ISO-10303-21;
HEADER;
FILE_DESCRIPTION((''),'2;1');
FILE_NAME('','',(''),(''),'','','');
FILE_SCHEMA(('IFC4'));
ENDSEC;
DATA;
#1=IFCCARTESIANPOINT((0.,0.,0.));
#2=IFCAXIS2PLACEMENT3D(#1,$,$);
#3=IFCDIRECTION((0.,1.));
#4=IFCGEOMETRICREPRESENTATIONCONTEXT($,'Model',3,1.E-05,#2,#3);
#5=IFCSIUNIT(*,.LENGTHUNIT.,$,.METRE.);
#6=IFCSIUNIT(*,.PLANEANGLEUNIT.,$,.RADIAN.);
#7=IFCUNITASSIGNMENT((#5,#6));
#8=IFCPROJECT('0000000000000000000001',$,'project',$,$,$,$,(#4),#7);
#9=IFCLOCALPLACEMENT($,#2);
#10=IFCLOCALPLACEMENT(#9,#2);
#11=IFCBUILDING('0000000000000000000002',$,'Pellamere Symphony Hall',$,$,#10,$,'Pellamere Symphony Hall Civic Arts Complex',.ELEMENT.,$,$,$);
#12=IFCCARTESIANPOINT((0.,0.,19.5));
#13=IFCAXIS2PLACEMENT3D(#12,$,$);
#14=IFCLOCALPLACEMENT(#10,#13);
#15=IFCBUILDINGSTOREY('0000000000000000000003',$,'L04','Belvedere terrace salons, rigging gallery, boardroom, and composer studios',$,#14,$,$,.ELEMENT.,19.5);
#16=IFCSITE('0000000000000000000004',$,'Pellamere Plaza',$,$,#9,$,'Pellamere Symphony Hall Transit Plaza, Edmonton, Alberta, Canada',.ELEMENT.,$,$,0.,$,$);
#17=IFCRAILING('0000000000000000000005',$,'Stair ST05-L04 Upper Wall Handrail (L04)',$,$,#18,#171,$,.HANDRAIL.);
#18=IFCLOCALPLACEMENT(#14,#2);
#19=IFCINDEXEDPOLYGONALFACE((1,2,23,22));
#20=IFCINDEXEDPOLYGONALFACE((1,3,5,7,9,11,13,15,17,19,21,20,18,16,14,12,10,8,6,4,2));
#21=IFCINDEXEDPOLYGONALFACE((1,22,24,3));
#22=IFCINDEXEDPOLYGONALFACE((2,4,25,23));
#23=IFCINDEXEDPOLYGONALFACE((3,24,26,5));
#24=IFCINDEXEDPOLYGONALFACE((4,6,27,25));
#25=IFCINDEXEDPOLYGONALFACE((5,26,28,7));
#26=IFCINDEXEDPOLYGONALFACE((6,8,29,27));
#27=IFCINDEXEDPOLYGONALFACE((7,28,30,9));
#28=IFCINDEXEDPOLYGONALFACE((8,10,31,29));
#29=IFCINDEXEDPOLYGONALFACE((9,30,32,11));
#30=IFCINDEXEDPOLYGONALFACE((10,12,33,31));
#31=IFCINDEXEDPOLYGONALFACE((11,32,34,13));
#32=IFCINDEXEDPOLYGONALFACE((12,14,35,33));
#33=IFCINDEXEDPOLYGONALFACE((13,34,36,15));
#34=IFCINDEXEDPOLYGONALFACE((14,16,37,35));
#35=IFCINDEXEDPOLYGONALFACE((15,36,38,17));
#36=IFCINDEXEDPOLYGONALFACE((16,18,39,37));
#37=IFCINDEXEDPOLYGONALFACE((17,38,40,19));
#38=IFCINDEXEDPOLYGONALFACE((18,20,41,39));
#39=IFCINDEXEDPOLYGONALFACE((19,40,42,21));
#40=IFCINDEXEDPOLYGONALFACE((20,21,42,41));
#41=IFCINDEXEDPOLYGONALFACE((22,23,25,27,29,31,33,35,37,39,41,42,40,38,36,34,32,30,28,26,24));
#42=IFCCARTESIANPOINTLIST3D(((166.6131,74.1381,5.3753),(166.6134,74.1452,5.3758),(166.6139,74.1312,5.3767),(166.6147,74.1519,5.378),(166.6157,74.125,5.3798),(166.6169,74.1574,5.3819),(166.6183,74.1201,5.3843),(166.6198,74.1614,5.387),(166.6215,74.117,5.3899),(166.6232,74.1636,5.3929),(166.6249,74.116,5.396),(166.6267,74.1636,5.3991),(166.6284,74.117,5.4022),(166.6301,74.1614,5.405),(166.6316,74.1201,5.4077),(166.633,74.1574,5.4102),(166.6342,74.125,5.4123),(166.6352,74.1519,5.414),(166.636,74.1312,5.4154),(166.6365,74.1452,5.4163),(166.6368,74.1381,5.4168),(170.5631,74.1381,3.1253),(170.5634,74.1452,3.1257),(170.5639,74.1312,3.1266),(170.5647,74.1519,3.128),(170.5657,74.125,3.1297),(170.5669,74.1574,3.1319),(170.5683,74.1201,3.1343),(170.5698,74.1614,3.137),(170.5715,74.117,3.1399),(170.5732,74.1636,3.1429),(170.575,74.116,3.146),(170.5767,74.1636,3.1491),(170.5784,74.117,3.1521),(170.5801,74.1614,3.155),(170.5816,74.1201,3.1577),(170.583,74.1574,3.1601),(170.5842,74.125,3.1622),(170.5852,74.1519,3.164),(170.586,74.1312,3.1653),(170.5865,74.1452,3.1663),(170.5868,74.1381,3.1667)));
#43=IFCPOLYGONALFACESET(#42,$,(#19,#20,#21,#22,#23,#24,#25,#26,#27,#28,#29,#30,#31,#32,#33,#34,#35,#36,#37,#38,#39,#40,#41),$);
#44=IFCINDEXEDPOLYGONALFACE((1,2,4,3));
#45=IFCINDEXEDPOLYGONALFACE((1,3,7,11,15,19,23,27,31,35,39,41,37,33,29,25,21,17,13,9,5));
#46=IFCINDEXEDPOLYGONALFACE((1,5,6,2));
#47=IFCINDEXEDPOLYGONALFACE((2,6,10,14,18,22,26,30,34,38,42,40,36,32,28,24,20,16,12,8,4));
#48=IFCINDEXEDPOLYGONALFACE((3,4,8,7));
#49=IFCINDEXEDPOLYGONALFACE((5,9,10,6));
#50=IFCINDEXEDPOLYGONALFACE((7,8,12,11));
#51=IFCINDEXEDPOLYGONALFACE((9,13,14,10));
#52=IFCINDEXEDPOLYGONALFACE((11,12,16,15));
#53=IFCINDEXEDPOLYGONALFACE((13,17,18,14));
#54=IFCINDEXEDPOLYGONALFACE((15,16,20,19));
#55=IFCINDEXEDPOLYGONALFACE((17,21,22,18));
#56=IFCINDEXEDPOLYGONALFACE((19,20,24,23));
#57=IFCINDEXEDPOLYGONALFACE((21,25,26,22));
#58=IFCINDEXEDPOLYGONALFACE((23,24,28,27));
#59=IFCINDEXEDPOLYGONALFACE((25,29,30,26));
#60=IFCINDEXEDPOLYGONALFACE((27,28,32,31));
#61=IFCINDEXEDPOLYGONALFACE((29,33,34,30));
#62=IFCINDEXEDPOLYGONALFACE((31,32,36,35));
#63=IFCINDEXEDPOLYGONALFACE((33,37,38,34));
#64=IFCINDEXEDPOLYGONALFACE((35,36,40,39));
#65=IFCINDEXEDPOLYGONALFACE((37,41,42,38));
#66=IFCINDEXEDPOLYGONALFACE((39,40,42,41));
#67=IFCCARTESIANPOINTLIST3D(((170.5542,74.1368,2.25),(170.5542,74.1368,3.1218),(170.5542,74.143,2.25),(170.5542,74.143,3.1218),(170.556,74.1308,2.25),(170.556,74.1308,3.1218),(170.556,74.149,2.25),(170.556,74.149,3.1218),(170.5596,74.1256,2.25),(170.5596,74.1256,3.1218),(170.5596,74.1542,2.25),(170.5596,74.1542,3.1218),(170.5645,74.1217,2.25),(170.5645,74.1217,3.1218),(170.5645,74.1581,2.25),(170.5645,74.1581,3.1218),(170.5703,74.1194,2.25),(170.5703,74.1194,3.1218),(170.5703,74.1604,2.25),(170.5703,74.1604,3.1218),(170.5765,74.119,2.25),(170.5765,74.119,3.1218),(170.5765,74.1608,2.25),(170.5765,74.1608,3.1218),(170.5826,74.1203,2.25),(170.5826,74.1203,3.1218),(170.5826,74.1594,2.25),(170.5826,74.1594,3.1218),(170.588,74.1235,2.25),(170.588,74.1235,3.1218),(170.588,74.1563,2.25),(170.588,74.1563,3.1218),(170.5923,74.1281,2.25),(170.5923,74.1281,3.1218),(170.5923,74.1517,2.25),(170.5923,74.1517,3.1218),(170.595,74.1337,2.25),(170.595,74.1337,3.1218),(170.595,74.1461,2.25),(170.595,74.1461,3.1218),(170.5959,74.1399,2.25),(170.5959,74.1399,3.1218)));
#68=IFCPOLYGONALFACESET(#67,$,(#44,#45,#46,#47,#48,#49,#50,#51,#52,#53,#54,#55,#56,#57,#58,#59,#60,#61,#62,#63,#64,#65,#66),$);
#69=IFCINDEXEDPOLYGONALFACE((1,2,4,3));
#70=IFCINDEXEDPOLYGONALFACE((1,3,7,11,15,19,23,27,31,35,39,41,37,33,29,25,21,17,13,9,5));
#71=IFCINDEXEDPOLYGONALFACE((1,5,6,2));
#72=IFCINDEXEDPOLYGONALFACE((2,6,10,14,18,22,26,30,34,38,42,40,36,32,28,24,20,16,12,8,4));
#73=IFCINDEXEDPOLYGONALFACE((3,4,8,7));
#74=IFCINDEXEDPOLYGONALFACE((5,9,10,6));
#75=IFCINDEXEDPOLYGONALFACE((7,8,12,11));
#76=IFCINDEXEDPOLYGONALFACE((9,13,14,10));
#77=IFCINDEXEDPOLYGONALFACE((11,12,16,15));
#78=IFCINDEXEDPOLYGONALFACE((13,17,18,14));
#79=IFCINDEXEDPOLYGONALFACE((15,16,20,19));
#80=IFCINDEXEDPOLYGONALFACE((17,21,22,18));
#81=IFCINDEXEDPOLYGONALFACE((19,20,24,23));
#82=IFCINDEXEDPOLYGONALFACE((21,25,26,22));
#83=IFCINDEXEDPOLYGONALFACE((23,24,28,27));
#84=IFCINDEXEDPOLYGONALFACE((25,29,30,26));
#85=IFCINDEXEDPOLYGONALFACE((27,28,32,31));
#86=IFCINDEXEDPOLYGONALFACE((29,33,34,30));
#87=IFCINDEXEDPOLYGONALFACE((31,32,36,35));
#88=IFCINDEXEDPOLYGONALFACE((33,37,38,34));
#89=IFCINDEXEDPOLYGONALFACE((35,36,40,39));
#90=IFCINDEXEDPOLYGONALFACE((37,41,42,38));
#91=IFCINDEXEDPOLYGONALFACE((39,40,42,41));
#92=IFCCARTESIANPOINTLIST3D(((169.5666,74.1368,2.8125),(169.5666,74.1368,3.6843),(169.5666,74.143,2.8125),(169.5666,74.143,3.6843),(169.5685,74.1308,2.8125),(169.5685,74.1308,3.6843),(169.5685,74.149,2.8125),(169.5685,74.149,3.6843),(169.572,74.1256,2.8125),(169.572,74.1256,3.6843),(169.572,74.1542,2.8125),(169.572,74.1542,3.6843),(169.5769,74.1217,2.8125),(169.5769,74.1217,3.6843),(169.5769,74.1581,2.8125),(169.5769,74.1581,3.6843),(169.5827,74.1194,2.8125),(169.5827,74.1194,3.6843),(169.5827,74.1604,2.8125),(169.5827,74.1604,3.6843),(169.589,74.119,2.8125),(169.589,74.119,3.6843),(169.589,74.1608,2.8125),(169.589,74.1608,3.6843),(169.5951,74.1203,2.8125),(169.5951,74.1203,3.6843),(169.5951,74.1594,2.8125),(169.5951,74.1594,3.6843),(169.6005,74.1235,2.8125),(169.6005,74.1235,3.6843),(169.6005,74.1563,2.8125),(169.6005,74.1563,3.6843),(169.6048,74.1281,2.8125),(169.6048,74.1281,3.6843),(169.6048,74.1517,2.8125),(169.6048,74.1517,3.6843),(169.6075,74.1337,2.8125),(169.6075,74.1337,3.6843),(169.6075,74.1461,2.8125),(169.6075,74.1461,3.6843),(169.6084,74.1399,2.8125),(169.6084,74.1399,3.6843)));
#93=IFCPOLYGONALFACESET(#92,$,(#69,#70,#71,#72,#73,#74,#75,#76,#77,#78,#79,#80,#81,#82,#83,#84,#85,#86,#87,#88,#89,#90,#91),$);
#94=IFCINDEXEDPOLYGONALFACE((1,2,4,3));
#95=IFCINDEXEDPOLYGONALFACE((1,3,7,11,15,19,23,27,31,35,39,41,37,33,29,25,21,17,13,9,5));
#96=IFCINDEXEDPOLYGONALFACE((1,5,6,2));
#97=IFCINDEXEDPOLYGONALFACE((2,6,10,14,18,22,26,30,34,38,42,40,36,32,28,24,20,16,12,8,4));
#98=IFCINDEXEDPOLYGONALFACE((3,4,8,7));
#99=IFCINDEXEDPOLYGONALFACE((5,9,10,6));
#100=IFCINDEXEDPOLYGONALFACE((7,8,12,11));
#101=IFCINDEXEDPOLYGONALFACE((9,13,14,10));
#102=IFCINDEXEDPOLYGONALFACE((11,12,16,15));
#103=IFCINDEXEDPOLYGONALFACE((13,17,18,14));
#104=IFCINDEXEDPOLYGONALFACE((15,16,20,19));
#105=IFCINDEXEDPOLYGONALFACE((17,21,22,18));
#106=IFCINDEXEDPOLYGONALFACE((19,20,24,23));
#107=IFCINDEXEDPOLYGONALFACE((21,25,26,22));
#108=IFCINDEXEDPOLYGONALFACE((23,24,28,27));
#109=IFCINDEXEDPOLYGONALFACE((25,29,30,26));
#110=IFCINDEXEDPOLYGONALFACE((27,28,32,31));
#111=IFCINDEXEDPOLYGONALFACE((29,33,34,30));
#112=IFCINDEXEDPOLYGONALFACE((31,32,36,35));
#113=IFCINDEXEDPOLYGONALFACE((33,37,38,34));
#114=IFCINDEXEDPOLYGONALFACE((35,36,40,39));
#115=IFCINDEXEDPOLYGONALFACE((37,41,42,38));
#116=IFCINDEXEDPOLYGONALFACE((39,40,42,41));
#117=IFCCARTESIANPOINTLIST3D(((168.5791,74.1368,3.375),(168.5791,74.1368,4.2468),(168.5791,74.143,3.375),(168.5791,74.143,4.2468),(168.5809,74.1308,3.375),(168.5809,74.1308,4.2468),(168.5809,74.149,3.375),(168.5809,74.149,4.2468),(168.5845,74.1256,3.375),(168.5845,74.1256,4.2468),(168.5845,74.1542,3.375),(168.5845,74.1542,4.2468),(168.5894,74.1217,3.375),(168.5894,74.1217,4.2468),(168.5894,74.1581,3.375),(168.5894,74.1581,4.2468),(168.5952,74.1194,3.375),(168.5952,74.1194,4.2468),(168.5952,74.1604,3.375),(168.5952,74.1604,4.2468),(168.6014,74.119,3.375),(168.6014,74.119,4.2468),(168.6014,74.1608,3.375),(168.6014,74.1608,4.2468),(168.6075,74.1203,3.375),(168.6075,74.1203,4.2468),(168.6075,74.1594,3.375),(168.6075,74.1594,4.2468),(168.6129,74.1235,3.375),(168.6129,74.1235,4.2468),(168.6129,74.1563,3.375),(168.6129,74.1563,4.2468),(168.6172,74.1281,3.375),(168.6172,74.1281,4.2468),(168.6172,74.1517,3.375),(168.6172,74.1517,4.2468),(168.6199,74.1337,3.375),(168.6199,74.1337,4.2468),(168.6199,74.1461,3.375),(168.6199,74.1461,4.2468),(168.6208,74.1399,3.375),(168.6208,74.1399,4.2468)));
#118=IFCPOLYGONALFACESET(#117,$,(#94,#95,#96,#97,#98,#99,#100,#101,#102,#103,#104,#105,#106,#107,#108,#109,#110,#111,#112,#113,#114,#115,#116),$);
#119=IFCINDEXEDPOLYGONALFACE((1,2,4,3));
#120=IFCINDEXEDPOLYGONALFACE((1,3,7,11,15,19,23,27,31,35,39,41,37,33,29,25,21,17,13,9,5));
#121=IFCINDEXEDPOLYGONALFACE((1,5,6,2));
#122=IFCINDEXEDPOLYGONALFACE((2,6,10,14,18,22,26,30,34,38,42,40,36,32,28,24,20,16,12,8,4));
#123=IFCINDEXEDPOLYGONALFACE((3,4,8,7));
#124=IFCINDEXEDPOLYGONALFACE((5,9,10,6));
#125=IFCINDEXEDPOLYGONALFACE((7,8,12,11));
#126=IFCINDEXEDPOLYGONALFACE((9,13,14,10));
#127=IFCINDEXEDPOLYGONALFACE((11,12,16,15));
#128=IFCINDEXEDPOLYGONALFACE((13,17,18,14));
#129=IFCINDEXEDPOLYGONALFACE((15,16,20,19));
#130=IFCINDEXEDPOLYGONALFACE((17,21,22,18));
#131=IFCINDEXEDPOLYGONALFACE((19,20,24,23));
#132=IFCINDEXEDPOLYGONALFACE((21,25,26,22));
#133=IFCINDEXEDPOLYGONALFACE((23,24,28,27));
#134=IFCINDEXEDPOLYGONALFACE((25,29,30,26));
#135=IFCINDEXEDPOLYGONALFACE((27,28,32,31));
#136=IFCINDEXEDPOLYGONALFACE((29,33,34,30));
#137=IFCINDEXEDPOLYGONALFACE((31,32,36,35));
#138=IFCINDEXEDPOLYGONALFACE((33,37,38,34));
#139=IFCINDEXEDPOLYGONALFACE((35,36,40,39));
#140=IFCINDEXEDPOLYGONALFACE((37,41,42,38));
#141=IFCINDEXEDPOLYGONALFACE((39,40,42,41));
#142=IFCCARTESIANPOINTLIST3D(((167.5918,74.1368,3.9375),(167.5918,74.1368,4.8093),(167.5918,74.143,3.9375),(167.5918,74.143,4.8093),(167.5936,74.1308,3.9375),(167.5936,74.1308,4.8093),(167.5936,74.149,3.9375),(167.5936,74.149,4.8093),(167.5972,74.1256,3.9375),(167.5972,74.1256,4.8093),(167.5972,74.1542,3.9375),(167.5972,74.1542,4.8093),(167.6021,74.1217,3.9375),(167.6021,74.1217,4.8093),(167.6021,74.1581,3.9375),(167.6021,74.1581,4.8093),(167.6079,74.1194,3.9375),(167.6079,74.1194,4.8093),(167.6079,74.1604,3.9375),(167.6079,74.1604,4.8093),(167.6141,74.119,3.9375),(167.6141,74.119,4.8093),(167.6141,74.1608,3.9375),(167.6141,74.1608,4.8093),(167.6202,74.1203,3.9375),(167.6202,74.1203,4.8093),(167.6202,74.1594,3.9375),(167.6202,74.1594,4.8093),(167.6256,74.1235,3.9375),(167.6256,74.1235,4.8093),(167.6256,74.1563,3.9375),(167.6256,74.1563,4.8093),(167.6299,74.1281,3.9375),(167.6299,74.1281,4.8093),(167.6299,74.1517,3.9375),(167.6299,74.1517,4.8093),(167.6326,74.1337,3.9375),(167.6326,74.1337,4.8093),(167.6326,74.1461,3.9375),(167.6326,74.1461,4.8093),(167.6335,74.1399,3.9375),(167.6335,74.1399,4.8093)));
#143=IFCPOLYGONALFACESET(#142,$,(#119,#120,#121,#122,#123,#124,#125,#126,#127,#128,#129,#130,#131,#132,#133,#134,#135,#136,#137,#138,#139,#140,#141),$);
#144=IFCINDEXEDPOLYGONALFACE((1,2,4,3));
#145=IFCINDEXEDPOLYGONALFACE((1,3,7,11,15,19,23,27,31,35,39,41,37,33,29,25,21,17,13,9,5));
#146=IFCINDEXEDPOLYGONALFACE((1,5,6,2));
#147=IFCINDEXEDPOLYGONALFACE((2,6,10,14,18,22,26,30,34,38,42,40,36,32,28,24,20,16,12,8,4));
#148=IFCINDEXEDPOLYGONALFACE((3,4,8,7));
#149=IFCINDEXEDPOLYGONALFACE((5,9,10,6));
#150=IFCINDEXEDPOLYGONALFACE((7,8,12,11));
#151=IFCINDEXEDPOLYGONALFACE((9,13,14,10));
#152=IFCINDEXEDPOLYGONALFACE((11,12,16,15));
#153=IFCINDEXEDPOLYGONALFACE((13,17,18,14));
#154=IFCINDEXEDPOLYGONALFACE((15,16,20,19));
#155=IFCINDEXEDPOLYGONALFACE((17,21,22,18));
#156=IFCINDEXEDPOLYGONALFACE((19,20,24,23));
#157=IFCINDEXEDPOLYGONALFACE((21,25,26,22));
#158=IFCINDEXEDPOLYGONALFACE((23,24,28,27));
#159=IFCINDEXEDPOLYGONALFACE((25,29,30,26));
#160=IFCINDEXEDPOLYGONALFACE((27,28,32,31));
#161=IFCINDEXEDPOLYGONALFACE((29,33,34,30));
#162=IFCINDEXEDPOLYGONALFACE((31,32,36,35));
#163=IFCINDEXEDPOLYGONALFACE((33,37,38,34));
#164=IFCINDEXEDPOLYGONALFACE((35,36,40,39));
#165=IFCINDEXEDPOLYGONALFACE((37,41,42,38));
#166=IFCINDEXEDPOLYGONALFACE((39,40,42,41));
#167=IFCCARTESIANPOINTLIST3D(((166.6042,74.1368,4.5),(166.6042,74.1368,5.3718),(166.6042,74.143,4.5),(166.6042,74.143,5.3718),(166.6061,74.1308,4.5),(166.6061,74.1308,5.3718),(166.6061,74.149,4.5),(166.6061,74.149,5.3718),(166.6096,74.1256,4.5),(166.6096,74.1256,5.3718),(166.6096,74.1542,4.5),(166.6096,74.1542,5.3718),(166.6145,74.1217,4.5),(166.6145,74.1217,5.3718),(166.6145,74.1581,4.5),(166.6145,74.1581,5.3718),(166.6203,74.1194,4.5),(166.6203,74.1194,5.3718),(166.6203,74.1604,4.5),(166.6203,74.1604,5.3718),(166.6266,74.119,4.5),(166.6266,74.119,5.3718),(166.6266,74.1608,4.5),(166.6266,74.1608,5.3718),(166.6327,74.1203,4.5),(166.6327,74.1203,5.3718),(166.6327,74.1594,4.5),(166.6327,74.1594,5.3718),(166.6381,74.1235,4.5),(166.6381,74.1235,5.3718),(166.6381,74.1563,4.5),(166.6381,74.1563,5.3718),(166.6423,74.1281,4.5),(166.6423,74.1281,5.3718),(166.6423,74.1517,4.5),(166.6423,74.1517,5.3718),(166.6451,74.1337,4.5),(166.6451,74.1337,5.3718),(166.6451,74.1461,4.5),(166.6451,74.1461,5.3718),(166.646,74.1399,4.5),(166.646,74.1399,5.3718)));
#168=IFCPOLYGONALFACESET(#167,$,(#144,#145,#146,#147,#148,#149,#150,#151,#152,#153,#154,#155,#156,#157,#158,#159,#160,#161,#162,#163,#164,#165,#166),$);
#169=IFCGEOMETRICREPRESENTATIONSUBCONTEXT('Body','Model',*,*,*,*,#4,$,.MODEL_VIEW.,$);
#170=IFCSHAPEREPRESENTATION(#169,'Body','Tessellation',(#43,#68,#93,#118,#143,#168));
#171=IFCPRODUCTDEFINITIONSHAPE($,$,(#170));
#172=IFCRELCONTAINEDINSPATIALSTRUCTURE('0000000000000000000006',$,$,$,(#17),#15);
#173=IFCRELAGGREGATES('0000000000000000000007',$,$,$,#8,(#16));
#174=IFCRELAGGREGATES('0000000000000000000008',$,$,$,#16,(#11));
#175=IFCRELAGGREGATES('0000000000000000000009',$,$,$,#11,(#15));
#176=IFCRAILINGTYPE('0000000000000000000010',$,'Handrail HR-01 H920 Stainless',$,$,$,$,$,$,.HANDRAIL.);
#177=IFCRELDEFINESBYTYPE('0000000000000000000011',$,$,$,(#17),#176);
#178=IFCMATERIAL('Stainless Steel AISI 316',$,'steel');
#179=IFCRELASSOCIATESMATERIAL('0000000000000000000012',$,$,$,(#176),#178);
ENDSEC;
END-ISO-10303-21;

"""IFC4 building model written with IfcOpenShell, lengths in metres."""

from ifc_helpers import new_model, si_unit, direction, frame, origin, origin_2d, place, context, subcontext, project, spatial, circle, extrude, material, type_object, element, save


model = new_model("IFC4")

# Units and contexts
model_context = context("Model", 3, precision=1e-05, world=origin(), true_north=direction((0.0, 1.0)))
body_context = subcontext(model_context, "Body", "Model", "MODEL_VIEW")
ifc_project = project(units=[si_unit("LENGTHUNIT", "METRE"), si_unit("PLANEANGLEUNIT", "RADIAN")], contexts=[model_context])

# Site, building, storey
site_placement = place(None, origin())
site = spatial("IfcSite", under=ifc_project, at=site_placement, Name="Pellamere Plaza", LongName="Pellamere Symphony Hall Transit Plaza, Edmonton, Alberta, Canada", CompositionType="ELEMENT", RefElevation=0.0)
building_placement = place(site_placement, origin())
building = spatial("IfcBuilding", under=site, at=building_placement, Name="Pellamere Symphony Hall", LongName="Pellamere Symphony Hall Civic Arts Complex", CompositionType="ELEMENT")
storey_placement = place(building_placement, frame((0.0, 0.0, 19.5)))
storey = spatial("IfcBuildingStorey", under=building, at=storey_placement, Name="L04", Description="Belvedere terrace salons, rigging gallery, boardroom, and composer studios", CompositionType="ELEMENT", Elevation=19.5)

# Railing
ifc_material_1 = material(Name="Stainless Steel AISI 316", Category="steel")
railing_type_1 = type_object("IfcRailingType", Name="Handrail HR-01 H920 Stainless", PredefinedType="HANDRAIL", material=ifc_material_1)
railing_1_placement = place(storey_placement, frame((170.575, 74.1399, 2.25)))
element("IfcRailing", 1, at=railing_1_placement, inside=storey, type_object=railing_type_1, Name="Stair ST05-L04 Upper Wall Handrail (L04)", PredefinedType="HANDRAIL", context=body_context, shape_type="SweptSolid", body=[
    extrude(circle(Radius=0.0239, at=origin_2d()), frame((0.0, 0.0, 0.896), z_axis=(-0.868917, 0.0, 0.494959), x_axis=(0.0, -1.0, 0.0)), (0.0, 0.0, 1.0), 4.5459),
    extrude(circle(Radius=0.021, at=origin_2d()), origin(), (0.0, 0.0, 1.0), 0.8718),
    extrude(circle(Radius=0.021, at=origin_2d()), frame((-0.9875, 0.0, 0.5625)), (0.0, 0.0, 1.0), 0.8718),
    extrude(circle(Radius=0.021, at=origin_2d()), frame((-1.9751, 0.0, 1.125)), (0.0, 0.0, 1.0), 0.8718),
    extrude(circle(Radius=0.021, at=origin_2d()), frame((-2.9624, 0.0, 1.6875)), (0.0, 0.0, 1.0), 0.8718),
    extrude(circle(Radius=0.021, at=origin_2d()), frame((-3.95, 0.0, 2.25)), (0.0, 0.0, 1.0), 0.8718),
])

save(model, "model.ifc")
